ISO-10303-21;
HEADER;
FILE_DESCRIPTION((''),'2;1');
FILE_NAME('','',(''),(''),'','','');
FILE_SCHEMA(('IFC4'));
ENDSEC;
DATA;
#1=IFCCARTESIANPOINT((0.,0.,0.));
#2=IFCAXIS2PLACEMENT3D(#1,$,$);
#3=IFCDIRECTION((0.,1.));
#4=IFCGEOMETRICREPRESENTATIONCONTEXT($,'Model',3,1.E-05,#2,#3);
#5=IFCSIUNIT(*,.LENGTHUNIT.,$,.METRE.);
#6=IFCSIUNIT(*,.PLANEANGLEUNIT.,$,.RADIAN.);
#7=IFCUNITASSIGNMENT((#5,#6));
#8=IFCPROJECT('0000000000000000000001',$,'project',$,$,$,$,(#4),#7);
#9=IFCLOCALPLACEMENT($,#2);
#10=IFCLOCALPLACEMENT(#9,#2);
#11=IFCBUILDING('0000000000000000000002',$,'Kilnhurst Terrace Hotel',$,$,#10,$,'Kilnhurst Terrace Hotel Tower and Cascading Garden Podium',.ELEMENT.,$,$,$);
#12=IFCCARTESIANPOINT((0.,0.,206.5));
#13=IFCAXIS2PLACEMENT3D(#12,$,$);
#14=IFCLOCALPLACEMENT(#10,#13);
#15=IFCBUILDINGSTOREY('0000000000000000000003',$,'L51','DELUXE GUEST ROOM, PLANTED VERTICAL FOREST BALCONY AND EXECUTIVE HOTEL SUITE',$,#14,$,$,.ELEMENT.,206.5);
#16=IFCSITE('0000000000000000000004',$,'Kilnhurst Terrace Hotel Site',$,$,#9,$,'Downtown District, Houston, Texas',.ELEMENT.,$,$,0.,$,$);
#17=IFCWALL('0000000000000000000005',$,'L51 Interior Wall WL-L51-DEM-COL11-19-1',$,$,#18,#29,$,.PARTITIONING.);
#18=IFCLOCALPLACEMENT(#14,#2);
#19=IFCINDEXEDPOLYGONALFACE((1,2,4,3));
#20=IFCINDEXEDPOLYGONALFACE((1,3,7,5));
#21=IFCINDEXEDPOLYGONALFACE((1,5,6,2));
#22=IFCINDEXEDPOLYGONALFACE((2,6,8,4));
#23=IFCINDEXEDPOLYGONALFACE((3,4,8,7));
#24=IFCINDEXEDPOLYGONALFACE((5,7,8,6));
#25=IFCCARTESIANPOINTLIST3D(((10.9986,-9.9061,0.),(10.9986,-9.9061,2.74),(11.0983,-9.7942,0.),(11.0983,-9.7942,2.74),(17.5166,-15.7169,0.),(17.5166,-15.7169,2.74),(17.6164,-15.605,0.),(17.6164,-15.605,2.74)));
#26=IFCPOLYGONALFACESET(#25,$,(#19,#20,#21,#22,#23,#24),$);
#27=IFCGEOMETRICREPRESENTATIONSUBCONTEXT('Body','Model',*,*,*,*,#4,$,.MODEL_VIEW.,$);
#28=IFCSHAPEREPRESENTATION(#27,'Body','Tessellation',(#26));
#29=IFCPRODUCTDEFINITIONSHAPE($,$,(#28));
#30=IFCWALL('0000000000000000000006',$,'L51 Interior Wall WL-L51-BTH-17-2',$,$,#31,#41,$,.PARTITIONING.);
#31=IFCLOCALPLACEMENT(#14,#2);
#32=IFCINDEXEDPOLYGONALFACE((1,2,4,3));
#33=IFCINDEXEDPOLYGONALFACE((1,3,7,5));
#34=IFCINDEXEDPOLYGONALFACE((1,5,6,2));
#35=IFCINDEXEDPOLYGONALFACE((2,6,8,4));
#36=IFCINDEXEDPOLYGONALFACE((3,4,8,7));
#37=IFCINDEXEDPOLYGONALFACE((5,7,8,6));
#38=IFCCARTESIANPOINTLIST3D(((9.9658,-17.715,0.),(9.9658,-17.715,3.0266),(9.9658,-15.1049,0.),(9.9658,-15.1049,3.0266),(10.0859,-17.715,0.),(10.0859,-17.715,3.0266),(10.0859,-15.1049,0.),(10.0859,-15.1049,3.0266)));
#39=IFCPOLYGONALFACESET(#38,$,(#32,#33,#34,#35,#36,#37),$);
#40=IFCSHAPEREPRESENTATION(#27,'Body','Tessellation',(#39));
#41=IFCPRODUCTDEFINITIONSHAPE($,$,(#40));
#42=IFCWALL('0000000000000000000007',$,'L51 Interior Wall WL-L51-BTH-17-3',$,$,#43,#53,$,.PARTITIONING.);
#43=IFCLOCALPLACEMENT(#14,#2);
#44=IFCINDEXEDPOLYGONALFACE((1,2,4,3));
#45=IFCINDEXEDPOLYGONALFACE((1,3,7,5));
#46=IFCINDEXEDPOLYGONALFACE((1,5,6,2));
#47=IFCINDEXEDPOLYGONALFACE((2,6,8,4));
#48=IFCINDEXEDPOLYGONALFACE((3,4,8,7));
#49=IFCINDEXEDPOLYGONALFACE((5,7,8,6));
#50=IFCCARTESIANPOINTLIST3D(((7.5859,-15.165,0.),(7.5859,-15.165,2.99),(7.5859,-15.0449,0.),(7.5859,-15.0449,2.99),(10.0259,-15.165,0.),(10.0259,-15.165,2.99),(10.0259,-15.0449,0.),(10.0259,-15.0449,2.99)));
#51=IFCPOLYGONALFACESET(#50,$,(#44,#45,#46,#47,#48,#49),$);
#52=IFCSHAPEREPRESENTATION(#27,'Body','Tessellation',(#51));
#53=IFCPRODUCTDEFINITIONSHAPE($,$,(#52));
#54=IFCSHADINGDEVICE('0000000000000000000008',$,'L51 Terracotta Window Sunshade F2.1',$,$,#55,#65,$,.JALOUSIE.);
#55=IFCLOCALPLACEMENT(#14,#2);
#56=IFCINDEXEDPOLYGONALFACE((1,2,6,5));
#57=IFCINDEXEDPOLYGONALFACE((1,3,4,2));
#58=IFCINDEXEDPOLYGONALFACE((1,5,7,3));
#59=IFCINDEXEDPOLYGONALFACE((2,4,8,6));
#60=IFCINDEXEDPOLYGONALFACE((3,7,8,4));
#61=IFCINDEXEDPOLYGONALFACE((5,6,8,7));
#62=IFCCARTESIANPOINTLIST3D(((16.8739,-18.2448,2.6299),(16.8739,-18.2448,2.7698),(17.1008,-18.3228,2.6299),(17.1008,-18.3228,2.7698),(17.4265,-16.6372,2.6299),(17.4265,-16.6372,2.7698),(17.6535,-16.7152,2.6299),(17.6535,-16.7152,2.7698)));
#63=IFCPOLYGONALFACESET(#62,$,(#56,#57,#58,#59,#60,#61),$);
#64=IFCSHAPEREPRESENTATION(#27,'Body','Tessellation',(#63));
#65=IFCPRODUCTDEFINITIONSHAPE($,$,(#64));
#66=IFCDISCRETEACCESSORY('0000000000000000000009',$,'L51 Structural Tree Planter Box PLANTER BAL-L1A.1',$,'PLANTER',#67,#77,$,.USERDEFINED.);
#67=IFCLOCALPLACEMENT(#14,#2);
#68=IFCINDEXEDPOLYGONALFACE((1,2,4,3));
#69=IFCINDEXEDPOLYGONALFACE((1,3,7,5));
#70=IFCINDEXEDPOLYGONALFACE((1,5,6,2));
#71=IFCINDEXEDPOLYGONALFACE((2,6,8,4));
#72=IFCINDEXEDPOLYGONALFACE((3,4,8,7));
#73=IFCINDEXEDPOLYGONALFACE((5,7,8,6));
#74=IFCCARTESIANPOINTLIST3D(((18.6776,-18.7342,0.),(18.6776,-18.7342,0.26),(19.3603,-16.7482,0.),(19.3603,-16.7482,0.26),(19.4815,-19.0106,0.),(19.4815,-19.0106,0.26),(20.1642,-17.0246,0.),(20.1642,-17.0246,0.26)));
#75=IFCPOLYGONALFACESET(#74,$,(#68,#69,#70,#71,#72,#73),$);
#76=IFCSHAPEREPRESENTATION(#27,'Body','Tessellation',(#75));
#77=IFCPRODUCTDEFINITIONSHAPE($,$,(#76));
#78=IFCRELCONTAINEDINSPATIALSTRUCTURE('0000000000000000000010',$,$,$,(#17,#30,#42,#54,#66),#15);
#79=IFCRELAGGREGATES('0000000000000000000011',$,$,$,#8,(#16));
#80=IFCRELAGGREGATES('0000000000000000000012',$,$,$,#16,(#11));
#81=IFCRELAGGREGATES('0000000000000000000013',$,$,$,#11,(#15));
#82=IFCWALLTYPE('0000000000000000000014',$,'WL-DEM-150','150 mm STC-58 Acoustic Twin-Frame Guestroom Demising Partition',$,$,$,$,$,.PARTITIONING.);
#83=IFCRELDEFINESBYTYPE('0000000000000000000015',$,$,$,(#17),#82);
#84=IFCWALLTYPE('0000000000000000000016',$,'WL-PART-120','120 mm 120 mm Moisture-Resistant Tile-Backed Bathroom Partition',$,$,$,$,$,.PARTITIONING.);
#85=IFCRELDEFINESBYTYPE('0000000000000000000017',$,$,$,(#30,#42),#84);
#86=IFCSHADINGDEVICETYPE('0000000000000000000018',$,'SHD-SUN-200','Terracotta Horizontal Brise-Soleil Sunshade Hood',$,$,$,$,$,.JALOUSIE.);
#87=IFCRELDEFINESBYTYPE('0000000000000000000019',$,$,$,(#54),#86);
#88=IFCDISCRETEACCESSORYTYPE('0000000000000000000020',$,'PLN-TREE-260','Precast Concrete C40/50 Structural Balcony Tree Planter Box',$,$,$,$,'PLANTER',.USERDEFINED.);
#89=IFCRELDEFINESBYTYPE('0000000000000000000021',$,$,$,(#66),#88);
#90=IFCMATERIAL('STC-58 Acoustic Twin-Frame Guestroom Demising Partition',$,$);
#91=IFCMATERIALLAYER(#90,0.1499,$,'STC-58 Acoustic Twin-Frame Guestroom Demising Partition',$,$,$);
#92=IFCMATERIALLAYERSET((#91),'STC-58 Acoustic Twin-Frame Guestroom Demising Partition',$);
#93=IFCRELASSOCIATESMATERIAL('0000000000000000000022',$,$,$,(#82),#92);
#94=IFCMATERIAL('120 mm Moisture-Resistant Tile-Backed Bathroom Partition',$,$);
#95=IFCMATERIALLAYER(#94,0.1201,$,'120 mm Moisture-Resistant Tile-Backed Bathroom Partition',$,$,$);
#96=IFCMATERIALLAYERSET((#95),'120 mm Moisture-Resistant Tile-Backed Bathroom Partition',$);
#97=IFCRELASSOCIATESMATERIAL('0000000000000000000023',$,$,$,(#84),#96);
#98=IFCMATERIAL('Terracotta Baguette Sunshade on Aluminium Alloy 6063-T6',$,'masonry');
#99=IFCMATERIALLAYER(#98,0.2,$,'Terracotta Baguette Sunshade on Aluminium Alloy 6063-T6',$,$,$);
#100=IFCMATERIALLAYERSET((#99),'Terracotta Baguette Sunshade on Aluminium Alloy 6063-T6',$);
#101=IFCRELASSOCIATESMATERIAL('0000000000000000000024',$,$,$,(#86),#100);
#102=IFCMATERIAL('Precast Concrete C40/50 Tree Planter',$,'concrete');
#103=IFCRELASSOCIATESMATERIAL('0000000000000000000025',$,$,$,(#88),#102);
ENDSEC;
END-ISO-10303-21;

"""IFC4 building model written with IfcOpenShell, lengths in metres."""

from ifc_helpers import new_model, si_unit, direction, frame, frame_2d, origin, origin_2d, place, context, subcontext, project, spatial, rectangle, extrude, material, layer, layer_set, type_object, element, save


model = new_model("IFC4")

# Units and contexts
model_context = context("Model", 3, precision=1e-05, world=origin(), true_north=direction((0.0, 1.0)))
body_context = subcontext(model_context, "Body", "Model", "MODEL_VIEW")
ifc_project = project(units=[si_unit("LENGTHUNIT", "METRE"), si_unit("PLANEANGLEUNIT", "RADIAN")], contexts=[model_context])

# Site, building, storey
site_placement = place(None, origin())
site = spatial("IfcSite", under=ifc_project, at=site_placement, Name="Kilnhurst Terrace Hotel Site", LongName="Downtown District, Houston, Texas", CompositionType="ELEMENT", RefElevation=0.0)
building_placement = place(site_placement, origin())
building = spatial("IfcBuilding", under=site, at=building_placement, Name="Kilnhurst Terrace Hotel", LongName="Kilnhurst Terrace Hotel Tower and Cascading Garden Podium", CompositionType="ELEMENT")
storey_placement = place(building_placement, frame((0.0, 0.0, 206.5)))
storey = spatial("IfcBuildingStorey", under=building, at=storey_placement, Name="L51", Description="DELUXE GUEST ROOM, PLANTED VERTICAL FOREST BALCONY AND EXECUTIVE HOTEL SUITE", CompositionType="ELEMENT", Elevation=206.5)

# Walls
ifc_material_1 = material(Name="STC-58 Acoustic Twin-Frame Guestroom Demising Partition")
ifc_layer_1 = layer(ifc_material_1, 0.1499, Name="STC-58 Acoustic Twin-Frame Guestroom Demising Partition")
ifc_layer_set_1 = layer_set([ifc_layer_1], Name="STC-58 Acoustic Twin-Frame Guestroom Demising Partition")
wall_type_1 = type_object("IfcWallType", Name="WL-DEM-150", Description="150 mm STC-58 Acoustic Twin-Frame Guestroom Demising Partition", PredefinedType="PARTITIONING", material=ifc_layer_set_1)
wall_1_placement = place(storey_placement, frame((11.0483, -9.8501, 0.0), z_axis=(0.0, 0.0, 1.0), x_axis=(0.746444, -0.665448, 0.0)))
element("IfcWall", 1, at=wall_1_placement, inside=storey, type_object=wall_type_1, Name="L51 Interior Wall WL-L51-DEM-COL11-19-1", PredefinedType="PARTITIONING", context=body_context, shape_type="SweptSolid", body=[
    extrude(rectangle(XDim=8.7322, YDim=0.1499, at=frame_2d((4.3662, 0.0))), origin(), (0.0, 0.0, 1.0), 2.74),
])
ifc_material_2 = material(Name="120 mm Moisture-Resistant Tile-Backed Bathroom Partition")
ifc_layer_2 = layer(ifc_material_2, 0.1201, Name="120 mm Moisture-Resistant Tile-Backed Bathroom Partition")
ifc_layer_set_2 = layer_set([ifc_layer_2], Name="120 mm Moisture-Resistant Tile-Backed Bathroom Partition")
wall_type_2 = type_object("IfcWallType", Name="WL-PART-120", Description="120 mm 120 mm Moisture-Resistant Tile-Backed Bathroom Partition", PredefinedType="PARTITIONING", material=ifc_layer_set_2)
wall_2_placement = place(storey_placement, frame((10.0259, -17.7151, 0.0), z_axis=(0.0, 0.0, 1.0), x_axis=(0.0, 1.0, 0.0)))
element("IfcWall", 2, at=wall_2_placement, inside=storey, type_object=wall_type_2, Name="L51 Interior Wall WL-L51-BTH-17-2", PredefinedType="PARTITIONING", context=body_context, shape_type="SweptSolid", body=[
    extrude(rectangle(XDim=2.6101, YDim=0.1201, at=frame_2d((1.3052, 0.0))), origin(), (0.0, 0.0, 1.0), 3.0266),
])
wall_3_placement = place(storey_placement, frame((10.0259, -15.105, 0.0), z_axis=(0.0, 0.0, 1.0), x_axis=(-1.0, 0.0, 0.0)))
element("IfcWall", 3, at=wall_3_placement, inside=storey, type_object=wall_type_2, Name="L51 Interior Wall WL-L51-BTH-17-3", PredefinedType="PARTITIONING", context=body_context, shape_type="SweptSolid", body=[
    extrude(rectangle(XDim=2.4399, YDim=0.1201, at=frame_2d((1.22, 0.0))), origin(), (0.0, 0.0, 1.0), 2.99),
])

# Shading device
ifc_material_3 = material(Name="Terracotta Baguette Sunshade on Aluminium Alloy 6063-T6", Category="masonry")
ifc_layer_3 = layer(ifc_material_3, 0.2, Name="Terracotta Baguette Sunshade on Aluminium Alloy 6063-T6")
ifc_layer_set_3 = layer_set([ifc_layer_3], Name="Terracotta Baguette Sunshade on Aluminium Alloy 6063-T6")
shading_device_type = type_object("IfcShadingDeviceType", Name="SHD-SUN-200", Description="Terracotta Horizontal Brise-Soleil Sunshade Hood", PredefinedType="JALOUSIE", material=ifc_layer_set_3)
shading_device_placement = place(storey_placement, frame((17.2637, -17.48, 2.6299), z_axis=(0.0, 0.0, 1.0), x_axis=(0.32509, 0.945683, 0.0)))
element("IfcShadingDevice", 4, at=shading_device_placement, inside=storey, type_object=shading_device_type, Name="L51 Terracotta Window Sunshade F2.1", PredefinedType="JALOUSIE", context=body_context, shape_type="SweptSolid", body=[
    extrude(rectangle(XDim=1.7, YDim=0.24, at=origin_2d()), origin(), (0.0, 0.0, 1.0), 0.1399),
])

# Discrete accessory
ifc_material_4 = material(Name="Precast Concrete C40/50 Tree Planter", Category="concrete")
discrete_accessory_type = type_object("IfcDiscreteAccessoryType", Name="PLN-TREE-260", Description="Precast Concrete C40/50 Structural Balcony Tree Planter Box", ElementType="PLANTER", PredefinedType="USERDEFINED", material=ifc_material_4)
discrete_accessory_placement = place(storey_placement, frame((19.4209, -17.8794, 0.0), z_axis=(0.0, 0.0, 1.0), x_axis=(0.32509, 0.945683, 0.0)))
element("IfcDiscreteAccessory", 5, at=discrete_accessory_placement, inside=storey, type_object=discrete_accessory_type, Name="L51 Structural Tree Planter Box PLANTER BAL-L1A.1", ObjectType="PLANTER", PredefinedType="USERDEFINED", context=body_context, shape_type="SweptSolid", body=[
    extrude(rectangle(XDim=2.1001, YDim=0.8501, at=origin_2d()), origin(), (0.0, 0.0, 1.0), 0.26),
])

save(model, "model.ifc")
